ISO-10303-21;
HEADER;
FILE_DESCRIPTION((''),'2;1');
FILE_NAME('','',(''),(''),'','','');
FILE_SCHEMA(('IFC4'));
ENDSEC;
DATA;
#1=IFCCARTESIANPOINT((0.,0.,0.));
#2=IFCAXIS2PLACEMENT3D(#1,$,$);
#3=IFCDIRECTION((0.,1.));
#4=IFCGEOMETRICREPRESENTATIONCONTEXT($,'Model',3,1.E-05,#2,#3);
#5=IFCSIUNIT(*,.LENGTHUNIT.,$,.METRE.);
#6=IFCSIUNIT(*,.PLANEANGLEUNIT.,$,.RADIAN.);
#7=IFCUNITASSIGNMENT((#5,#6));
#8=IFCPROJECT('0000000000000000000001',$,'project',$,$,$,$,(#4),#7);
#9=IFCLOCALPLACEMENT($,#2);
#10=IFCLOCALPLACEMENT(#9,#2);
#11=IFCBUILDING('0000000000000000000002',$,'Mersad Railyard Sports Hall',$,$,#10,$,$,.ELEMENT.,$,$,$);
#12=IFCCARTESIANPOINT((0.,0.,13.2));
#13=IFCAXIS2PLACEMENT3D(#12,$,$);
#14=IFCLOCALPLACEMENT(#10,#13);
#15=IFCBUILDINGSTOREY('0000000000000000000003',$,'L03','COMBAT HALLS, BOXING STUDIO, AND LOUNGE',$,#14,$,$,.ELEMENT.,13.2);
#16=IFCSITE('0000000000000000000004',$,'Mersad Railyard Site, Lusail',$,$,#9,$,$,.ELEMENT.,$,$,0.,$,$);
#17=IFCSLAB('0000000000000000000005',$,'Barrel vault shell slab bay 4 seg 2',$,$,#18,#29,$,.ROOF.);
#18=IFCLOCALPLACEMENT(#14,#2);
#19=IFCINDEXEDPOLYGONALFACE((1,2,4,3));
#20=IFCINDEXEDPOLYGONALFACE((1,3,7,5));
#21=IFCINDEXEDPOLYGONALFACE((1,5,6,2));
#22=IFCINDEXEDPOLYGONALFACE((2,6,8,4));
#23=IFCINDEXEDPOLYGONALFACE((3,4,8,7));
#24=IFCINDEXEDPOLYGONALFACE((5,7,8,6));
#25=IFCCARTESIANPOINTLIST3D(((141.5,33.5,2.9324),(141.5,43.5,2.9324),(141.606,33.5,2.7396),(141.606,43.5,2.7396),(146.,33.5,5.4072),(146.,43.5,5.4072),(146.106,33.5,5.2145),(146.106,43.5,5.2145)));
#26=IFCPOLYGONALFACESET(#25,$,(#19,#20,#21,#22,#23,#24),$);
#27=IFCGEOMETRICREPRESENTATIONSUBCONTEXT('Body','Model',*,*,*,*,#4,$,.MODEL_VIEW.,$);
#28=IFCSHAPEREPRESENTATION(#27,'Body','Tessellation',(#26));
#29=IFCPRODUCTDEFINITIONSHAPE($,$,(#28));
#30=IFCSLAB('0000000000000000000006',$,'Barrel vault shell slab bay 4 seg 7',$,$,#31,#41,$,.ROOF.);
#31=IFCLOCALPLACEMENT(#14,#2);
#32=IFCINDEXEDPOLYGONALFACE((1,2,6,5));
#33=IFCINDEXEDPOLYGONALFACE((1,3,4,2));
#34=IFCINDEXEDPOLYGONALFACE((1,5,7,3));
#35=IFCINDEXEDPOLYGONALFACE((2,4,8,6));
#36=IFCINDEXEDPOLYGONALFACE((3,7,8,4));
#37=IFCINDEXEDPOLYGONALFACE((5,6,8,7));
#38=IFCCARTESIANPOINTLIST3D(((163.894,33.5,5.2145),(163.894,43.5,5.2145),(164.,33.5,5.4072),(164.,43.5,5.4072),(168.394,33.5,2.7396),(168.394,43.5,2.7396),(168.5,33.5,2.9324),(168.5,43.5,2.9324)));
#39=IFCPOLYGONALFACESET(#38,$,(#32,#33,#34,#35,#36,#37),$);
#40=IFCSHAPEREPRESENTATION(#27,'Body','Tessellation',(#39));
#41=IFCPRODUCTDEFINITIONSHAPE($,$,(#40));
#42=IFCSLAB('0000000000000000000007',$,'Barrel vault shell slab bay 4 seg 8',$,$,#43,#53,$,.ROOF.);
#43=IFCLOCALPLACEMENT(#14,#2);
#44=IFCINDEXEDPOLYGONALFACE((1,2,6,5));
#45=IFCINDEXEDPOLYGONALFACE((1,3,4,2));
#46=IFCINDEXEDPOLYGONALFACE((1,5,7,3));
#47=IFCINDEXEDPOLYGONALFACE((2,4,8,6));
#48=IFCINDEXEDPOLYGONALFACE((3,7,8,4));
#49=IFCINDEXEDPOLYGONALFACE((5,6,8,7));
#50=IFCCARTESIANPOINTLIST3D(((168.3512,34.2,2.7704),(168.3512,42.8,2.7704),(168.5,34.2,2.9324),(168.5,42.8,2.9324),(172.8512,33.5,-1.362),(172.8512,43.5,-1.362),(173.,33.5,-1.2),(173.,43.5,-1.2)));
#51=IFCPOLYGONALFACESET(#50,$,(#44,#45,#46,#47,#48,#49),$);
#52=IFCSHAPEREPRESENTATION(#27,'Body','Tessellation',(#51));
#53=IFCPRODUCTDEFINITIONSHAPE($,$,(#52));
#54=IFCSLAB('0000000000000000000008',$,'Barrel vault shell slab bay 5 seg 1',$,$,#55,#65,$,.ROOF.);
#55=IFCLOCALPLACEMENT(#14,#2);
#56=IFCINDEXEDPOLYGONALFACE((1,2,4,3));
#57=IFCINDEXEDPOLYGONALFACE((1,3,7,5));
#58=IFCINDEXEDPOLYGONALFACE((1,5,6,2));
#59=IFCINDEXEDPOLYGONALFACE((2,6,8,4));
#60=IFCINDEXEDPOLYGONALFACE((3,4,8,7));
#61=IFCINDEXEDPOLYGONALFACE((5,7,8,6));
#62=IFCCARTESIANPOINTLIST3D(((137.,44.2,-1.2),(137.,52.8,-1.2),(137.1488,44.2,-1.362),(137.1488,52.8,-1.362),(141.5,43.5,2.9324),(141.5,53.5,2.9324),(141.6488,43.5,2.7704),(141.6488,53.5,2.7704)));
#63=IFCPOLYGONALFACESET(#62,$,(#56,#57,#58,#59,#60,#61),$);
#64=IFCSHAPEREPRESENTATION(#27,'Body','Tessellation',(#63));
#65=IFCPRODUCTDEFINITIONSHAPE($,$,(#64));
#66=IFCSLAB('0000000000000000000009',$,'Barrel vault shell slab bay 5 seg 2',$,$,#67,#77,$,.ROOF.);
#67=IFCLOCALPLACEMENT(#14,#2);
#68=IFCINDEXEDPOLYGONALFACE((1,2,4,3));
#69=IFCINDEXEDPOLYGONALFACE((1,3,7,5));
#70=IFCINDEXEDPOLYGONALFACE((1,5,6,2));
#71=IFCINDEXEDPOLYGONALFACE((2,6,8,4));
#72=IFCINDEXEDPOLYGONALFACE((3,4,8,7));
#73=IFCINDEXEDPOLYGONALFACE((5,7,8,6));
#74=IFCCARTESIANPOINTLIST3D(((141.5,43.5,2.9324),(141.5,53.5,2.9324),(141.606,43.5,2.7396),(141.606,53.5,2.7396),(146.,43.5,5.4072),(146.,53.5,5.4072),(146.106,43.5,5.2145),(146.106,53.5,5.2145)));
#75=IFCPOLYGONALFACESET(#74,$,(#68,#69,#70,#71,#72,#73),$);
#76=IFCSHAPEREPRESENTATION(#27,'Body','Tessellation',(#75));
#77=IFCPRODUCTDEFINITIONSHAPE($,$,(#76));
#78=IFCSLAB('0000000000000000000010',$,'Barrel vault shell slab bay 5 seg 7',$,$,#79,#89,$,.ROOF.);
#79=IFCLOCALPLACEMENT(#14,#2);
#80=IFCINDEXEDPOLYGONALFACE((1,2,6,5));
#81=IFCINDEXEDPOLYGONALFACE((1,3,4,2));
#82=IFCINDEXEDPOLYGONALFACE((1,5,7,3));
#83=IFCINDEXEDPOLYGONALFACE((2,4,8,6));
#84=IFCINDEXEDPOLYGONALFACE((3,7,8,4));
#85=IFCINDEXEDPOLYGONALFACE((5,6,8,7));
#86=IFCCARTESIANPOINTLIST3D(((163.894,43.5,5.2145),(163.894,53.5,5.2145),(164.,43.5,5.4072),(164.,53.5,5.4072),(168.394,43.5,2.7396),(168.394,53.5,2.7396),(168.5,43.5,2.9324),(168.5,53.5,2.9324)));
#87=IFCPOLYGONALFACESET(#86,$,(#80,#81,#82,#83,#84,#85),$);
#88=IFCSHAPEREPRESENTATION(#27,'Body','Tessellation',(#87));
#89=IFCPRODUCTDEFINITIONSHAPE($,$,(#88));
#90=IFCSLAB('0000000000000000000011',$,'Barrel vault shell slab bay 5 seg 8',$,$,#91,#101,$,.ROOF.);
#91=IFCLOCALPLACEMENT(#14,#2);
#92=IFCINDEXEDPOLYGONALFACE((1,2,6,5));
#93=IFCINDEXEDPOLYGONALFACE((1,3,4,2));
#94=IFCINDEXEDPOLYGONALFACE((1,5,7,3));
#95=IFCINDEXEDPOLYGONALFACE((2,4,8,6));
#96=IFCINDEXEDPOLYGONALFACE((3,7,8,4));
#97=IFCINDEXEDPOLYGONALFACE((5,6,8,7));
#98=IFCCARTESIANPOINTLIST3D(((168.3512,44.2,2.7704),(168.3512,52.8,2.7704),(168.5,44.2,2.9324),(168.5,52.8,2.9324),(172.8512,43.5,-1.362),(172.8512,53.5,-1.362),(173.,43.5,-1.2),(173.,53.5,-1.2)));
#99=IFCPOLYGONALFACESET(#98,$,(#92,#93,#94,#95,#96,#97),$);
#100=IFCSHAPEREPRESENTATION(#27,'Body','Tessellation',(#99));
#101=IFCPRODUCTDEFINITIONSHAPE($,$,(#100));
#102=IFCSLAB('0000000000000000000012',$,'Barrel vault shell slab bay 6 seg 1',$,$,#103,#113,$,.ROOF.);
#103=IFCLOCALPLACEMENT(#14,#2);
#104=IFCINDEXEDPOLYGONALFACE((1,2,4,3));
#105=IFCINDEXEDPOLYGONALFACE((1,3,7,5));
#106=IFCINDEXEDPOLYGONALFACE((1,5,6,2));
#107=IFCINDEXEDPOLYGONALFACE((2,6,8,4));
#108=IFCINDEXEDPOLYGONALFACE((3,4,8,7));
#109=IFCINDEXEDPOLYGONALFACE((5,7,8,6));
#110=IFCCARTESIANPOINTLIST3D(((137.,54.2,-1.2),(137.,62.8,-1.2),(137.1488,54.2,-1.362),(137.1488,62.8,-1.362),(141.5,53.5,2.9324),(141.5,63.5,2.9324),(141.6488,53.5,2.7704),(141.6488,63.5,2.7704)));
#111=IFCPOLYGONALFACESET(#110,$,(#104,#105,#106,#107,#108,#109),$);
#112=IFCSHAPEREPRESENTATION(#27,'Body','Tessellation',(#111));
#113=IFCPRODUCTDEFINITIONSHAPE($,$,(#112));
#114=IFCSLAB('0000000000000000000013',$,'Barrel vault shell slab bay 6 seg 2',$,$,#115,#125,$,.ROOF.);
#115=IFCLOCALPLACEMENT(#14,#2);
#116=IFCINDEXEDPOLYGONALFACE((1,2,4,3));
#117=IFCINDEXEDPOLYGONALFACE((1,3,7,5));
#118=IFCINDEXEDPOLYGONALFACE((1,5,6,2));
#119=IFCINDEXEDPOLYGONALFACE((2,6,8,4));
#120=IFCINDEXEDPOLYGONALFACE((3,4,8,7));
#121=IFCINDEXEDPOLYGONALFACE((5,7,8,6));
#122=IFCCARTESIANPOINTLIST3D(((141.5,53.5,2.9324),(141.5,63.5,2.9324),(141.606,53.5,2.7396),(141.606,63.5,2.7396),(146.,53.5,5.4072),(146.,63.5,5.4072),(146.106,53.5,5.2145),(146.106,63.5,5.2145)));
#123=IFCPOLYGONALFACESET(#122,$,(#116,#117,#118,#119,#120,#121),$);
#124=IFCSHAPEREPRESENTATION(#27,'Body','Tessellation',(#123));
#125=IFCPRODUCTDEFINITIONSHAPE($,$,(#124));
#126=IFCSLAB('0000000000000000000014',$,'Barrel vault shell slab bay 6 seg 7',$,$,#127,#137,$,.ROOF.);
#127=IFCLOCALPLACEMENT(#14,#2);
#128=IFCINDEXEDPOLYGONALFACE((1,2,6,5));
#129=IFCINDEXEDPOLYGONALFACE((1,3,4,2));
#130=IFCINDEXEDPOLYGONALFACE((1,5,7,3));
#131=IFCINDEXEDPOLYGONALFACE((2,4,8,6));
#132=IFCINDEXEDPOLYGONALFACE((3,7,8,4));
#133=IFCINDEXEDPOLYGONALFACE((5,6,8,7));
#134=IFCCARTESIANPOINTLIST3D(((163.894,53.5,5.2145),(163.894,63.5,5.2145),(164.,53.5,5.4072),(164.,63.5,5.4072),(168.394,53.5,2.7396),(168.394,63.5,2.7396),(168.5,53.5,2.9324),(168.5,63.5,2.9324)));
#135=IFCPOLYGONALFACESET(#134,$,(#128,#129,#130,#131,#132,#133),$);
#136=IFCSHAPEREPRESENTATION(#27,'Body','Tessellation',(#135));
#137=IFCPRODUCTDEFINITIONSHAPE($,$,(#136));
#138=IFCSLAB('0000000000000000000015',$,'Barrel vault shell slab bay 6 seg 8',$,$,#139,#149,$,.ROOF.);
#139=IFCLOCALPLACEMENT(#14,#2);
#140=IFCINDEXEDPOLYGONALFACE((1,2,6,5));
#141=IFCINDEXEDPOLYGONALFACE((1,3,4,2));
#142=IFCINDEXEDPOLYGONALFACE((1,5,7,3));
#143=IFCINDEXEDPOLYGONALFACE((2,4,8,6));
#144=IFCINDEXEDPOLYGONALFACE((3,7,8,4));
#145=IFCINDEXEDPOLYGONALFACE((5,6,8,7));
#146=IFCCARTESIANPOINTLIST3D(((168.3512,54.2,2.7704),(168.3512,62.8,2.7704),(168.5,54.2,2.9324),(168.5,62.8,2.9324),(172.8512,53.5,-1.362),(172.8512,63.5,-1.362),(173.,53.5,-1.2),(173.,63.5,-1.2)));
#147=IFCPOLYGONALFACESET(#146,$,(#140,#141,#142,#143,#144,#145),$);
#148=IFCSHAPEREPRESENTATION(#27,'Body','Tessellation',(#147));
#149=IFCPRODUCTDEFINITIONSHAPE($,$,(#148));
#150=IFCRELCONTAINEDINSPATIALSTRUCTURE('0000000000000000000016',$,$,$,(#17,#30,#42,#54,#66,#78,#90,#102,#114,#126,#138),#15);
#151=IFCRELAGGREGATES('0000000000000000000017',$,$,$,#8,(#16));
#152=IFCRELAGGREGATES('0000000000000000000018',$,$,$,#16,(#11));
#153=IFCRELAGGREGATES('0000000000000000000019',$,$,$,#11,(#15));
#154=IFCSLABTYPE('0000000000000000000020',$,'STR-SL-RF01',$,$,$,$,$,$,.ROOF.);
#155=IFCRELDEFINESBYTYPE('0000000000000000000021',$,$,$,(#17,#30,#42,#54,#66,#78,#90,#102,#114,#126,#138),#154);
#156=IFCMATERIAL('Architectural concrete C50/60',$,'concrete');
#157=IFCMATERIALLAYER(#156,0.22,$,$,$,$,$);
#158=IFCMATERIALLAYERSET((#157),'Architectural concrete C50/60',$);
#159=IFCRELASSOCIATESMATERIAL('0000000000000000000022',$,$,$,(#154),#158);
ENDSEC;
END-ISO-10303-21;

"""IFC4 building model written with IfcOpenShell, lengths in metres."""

from ifc_helpers import new_model, si_unit, direction, frame, origin, place, context, subcontext, project, spatial, polyline, outline, extrude, material, layer, layer_set, type_object, element, save


model = new_model("IFC4")

# Units and contexts
model_context = context("Model", 3, precision=1e-05, world=origin(), true_north=direction((0.0, 1.0)))
body_context = subcontext(model_context, "Body", "Model", "MODEL_VIEW")
ifc_project = project(units=[si_unit("LENGTHUNIT", "METRE"), si_unit("PLANEANGLEUNIT", "RADIAN")], contexts=[model_context])

# Site, building, storey
site_placement = place(None, origin())
site = spatial("IfcSite", under=ifc_project, at=site_placement, Name="Mersad Railyard Site, Lusail", CompositionType="ELEMENT", RefElevation=0.0)
building_placement = place(site_placement, origin())
building = spatial("IfcBuilding", under=site, at=building_placement, Name="Mersad Railyard Sports Hall", CompositionType="ELEMENT")
storey_placement = place(building_placement, frame((0.0, 0.0, 13.2)))
storey = spatial("IfcBuildingStorey", under=building, at=storey_placement, Name="L03", Description="COMBAT HALLS, BOXING STUDIO, AND LOUNGE", CompositionType="ELEMENT", Elevation=13.2)

# Slabs
ifc_material_1 = material(Name="Architectural concrete C50/60", Category="concrete")
ifc_layer = layer(ifc_material_1, 0.22)
ifc_layer_set = layer_set([ifc_layer], Name="Architectural concrete C50/60")
slab_type = type_object("IfcSlabType", Name="STR-SL-RF01", PredefinedType="ROOF", material=ifc_layer_set)
for number, where, z_axis, x_axis, name in (
    (1, (141.5, 33.5, 2.9324), (-0.481897, 0.0, 0.876228), (0.876228, 0.0, 0.481897), "Barrel vault shell slab bay 4 seg 2"),
    (2, (164.0, 33.5, 5.4072), (0.481897, 0.0, 0.876228), (0.876228, 0.0, -0.481897), "Barrel vault shell slab bay 4 seg 7"),
):
    element("IfcSlab", number, at=place(storey_placement, frame(where, z_axis=z_axis, x_axis=x_axis)), inside=storey, type_object=slab_type, Name=name, PredefinedType="ROOF", context=body_context, shape_type="SweptSolid", body=[
        extrude(outline(polyline([(0.0, 0.0), (5.1356, 0.0), (5.1356, 10.0), (0.0, 10.0), (0.0, 0.0)])), origin(), (0.0, 0.0, -1.0), 0.22),
    ])
for number, where, z_axis, x_axis, name in (
    (3, (168.5, 34.2, 2.9324), (0.676376, 0.0, 0.736557), (0.73177, -0.113823, -0.67198), "Barrel vault shell slab bay 4 seg 8"),
    (4, (137.0, 44.2, -1.2), (-0.676376, 0.0, 0.736557), (0.73177, -0.113823, 0.67198), "Barrel vault shell slab bay 5 seg 1"),
):
    element("IfcSlab", number, at=place(storey_placement, frame(where, z_axis=z_axis, x_axis=x_axis)), inside=storey, type_object=slab_type, Name=name, PredefinedType="ROOF", context=body_context, shape_type="SweptSolid", body=[
        extrude(outline(polyline([(0.0, 0.0), (6.1495, 0.0), (5.0112, 9.935), (-0.9789, 8.5442), (0.0, 0.0)])), origin(), (0.0, 0.0, -1.0), 0.22),
    ])
for number, where, z_axis, x_axis, name in (
    (5, (141.5, 43.5, 2.9324), (-0.481897, 0.0, 0.876228), (0.876228, 0.0, 0.481897), "Barrel vault shell slab bay 5 seg 2"),
    (6, (164.0, 43.5, 5.4072), (0.481897, 0.0, 0.876228), (0.876228, 0.0, -0.481897), "Barrel vault shell slab bay 5 seg 7"),
):
    element("IfcSlab", number, at=place(storey_placement, frame(where, z_axis=z_axis, x_axis=x_axis)), inside=storey, type_object=slab_type, Name=name, PredefinedType="ROOF", context=body_context, shape_type="SweptSolid", body=[
        extrude(outline(polyline([(0.0, 0.0), (5.1356, 0.0), (5.1356, 10.0), (0.0, 10.0), (0.0, 0.0)])), origin(), (0.0, 0.0, -1.0), 0.22),
    ])
for number, where, z_axis, x_axis, name in (
    (7, (168.5, 44.2, 2.9324), (0.676376, 0.0, 0.736557), (0.73177, -0.113823, -0.67198), "Barrel vault shell slab bay 5 seg 8"),
    (8, (137.0, 54.2, -1.2), (-0.676376, 0.0, 0.736557), (0.73177, -0.113823, 0.67198), "Barrel vault shell slab bay 6 seg 1"),
):
    element("IfcSlab", number, at=place(storey_placement, frame(where, z_axis=z_axis, x_axis=x_axis)), inside=storey, type_object=slab_type, Name=name, PredefinedType="ROOF", context=body_context, shape_type="SweptSolid", body=[
        extrude(outline(polyline([(0.0, 0.0), (6.1495, 0.0), (5.0112, 9.935), (-0.9789, 8.5442), (0.0, 0.0)])), origin(), (0.0, 0.0, -1.0), 0.22),
    ])
for number, where, z_axis, x_axis, name in (
    (9, (141.5, 53.5, 2.9324), (-0.481897, 0.0, 0.876228), (0.876228, 0.0, 0.481897), "Barrel vault shell slab bay 6 seg 2"),
    (10, (164.0, 53.5, 5.4072), (0.481897, 0.0, 0.876228), (0.876228, 0.0, -0.481897), "Barrel vault shell slab bay 6 seg 7"),
):
    element("IfcSlab", number, at=place(storey_placement, frame(where, z_axis=z_axis, x_axis=x_axis)), inside=storey, type_object=slab_type, Name=name, PredefinedType="ROOF", context=body_context, shape_type="SweptSolid", body=[
        extrude(outline(polyline([(0.0, 0.0), (5.1356, 0.0), (5.1356, 10.0), (0.0, 10.0), (0.0, 0.0)])), origin(), (0.0, 0.0, -1.0), 0.22),
    ])
slab_1_placement = place(storey_placement, frame((168.5, 54.2, 2.9324), z_axis=(0.676376, 0.0, 0.736557), x_axis=(0.73177, -0.113823, -0.67198)))
element("IfcSlab", 11, at=slab_1_placement, inside=storey, type_object=slab_type, Name="Barrel vault shell slab bay 6 seg 8", PredefinedType="ROOF", context=body_context, shape_type="SweptSolid", body=[
    extrude(outline(polyline([(0.0, 0.0), (6.1495, 0.0), (5.0112, 9.935), (-0.9789, 8.5442), (0.0, 0.0)])), origin(), (0.0, 0.0, -1.0), 0.22),
])

save(model, "model.ifc")
